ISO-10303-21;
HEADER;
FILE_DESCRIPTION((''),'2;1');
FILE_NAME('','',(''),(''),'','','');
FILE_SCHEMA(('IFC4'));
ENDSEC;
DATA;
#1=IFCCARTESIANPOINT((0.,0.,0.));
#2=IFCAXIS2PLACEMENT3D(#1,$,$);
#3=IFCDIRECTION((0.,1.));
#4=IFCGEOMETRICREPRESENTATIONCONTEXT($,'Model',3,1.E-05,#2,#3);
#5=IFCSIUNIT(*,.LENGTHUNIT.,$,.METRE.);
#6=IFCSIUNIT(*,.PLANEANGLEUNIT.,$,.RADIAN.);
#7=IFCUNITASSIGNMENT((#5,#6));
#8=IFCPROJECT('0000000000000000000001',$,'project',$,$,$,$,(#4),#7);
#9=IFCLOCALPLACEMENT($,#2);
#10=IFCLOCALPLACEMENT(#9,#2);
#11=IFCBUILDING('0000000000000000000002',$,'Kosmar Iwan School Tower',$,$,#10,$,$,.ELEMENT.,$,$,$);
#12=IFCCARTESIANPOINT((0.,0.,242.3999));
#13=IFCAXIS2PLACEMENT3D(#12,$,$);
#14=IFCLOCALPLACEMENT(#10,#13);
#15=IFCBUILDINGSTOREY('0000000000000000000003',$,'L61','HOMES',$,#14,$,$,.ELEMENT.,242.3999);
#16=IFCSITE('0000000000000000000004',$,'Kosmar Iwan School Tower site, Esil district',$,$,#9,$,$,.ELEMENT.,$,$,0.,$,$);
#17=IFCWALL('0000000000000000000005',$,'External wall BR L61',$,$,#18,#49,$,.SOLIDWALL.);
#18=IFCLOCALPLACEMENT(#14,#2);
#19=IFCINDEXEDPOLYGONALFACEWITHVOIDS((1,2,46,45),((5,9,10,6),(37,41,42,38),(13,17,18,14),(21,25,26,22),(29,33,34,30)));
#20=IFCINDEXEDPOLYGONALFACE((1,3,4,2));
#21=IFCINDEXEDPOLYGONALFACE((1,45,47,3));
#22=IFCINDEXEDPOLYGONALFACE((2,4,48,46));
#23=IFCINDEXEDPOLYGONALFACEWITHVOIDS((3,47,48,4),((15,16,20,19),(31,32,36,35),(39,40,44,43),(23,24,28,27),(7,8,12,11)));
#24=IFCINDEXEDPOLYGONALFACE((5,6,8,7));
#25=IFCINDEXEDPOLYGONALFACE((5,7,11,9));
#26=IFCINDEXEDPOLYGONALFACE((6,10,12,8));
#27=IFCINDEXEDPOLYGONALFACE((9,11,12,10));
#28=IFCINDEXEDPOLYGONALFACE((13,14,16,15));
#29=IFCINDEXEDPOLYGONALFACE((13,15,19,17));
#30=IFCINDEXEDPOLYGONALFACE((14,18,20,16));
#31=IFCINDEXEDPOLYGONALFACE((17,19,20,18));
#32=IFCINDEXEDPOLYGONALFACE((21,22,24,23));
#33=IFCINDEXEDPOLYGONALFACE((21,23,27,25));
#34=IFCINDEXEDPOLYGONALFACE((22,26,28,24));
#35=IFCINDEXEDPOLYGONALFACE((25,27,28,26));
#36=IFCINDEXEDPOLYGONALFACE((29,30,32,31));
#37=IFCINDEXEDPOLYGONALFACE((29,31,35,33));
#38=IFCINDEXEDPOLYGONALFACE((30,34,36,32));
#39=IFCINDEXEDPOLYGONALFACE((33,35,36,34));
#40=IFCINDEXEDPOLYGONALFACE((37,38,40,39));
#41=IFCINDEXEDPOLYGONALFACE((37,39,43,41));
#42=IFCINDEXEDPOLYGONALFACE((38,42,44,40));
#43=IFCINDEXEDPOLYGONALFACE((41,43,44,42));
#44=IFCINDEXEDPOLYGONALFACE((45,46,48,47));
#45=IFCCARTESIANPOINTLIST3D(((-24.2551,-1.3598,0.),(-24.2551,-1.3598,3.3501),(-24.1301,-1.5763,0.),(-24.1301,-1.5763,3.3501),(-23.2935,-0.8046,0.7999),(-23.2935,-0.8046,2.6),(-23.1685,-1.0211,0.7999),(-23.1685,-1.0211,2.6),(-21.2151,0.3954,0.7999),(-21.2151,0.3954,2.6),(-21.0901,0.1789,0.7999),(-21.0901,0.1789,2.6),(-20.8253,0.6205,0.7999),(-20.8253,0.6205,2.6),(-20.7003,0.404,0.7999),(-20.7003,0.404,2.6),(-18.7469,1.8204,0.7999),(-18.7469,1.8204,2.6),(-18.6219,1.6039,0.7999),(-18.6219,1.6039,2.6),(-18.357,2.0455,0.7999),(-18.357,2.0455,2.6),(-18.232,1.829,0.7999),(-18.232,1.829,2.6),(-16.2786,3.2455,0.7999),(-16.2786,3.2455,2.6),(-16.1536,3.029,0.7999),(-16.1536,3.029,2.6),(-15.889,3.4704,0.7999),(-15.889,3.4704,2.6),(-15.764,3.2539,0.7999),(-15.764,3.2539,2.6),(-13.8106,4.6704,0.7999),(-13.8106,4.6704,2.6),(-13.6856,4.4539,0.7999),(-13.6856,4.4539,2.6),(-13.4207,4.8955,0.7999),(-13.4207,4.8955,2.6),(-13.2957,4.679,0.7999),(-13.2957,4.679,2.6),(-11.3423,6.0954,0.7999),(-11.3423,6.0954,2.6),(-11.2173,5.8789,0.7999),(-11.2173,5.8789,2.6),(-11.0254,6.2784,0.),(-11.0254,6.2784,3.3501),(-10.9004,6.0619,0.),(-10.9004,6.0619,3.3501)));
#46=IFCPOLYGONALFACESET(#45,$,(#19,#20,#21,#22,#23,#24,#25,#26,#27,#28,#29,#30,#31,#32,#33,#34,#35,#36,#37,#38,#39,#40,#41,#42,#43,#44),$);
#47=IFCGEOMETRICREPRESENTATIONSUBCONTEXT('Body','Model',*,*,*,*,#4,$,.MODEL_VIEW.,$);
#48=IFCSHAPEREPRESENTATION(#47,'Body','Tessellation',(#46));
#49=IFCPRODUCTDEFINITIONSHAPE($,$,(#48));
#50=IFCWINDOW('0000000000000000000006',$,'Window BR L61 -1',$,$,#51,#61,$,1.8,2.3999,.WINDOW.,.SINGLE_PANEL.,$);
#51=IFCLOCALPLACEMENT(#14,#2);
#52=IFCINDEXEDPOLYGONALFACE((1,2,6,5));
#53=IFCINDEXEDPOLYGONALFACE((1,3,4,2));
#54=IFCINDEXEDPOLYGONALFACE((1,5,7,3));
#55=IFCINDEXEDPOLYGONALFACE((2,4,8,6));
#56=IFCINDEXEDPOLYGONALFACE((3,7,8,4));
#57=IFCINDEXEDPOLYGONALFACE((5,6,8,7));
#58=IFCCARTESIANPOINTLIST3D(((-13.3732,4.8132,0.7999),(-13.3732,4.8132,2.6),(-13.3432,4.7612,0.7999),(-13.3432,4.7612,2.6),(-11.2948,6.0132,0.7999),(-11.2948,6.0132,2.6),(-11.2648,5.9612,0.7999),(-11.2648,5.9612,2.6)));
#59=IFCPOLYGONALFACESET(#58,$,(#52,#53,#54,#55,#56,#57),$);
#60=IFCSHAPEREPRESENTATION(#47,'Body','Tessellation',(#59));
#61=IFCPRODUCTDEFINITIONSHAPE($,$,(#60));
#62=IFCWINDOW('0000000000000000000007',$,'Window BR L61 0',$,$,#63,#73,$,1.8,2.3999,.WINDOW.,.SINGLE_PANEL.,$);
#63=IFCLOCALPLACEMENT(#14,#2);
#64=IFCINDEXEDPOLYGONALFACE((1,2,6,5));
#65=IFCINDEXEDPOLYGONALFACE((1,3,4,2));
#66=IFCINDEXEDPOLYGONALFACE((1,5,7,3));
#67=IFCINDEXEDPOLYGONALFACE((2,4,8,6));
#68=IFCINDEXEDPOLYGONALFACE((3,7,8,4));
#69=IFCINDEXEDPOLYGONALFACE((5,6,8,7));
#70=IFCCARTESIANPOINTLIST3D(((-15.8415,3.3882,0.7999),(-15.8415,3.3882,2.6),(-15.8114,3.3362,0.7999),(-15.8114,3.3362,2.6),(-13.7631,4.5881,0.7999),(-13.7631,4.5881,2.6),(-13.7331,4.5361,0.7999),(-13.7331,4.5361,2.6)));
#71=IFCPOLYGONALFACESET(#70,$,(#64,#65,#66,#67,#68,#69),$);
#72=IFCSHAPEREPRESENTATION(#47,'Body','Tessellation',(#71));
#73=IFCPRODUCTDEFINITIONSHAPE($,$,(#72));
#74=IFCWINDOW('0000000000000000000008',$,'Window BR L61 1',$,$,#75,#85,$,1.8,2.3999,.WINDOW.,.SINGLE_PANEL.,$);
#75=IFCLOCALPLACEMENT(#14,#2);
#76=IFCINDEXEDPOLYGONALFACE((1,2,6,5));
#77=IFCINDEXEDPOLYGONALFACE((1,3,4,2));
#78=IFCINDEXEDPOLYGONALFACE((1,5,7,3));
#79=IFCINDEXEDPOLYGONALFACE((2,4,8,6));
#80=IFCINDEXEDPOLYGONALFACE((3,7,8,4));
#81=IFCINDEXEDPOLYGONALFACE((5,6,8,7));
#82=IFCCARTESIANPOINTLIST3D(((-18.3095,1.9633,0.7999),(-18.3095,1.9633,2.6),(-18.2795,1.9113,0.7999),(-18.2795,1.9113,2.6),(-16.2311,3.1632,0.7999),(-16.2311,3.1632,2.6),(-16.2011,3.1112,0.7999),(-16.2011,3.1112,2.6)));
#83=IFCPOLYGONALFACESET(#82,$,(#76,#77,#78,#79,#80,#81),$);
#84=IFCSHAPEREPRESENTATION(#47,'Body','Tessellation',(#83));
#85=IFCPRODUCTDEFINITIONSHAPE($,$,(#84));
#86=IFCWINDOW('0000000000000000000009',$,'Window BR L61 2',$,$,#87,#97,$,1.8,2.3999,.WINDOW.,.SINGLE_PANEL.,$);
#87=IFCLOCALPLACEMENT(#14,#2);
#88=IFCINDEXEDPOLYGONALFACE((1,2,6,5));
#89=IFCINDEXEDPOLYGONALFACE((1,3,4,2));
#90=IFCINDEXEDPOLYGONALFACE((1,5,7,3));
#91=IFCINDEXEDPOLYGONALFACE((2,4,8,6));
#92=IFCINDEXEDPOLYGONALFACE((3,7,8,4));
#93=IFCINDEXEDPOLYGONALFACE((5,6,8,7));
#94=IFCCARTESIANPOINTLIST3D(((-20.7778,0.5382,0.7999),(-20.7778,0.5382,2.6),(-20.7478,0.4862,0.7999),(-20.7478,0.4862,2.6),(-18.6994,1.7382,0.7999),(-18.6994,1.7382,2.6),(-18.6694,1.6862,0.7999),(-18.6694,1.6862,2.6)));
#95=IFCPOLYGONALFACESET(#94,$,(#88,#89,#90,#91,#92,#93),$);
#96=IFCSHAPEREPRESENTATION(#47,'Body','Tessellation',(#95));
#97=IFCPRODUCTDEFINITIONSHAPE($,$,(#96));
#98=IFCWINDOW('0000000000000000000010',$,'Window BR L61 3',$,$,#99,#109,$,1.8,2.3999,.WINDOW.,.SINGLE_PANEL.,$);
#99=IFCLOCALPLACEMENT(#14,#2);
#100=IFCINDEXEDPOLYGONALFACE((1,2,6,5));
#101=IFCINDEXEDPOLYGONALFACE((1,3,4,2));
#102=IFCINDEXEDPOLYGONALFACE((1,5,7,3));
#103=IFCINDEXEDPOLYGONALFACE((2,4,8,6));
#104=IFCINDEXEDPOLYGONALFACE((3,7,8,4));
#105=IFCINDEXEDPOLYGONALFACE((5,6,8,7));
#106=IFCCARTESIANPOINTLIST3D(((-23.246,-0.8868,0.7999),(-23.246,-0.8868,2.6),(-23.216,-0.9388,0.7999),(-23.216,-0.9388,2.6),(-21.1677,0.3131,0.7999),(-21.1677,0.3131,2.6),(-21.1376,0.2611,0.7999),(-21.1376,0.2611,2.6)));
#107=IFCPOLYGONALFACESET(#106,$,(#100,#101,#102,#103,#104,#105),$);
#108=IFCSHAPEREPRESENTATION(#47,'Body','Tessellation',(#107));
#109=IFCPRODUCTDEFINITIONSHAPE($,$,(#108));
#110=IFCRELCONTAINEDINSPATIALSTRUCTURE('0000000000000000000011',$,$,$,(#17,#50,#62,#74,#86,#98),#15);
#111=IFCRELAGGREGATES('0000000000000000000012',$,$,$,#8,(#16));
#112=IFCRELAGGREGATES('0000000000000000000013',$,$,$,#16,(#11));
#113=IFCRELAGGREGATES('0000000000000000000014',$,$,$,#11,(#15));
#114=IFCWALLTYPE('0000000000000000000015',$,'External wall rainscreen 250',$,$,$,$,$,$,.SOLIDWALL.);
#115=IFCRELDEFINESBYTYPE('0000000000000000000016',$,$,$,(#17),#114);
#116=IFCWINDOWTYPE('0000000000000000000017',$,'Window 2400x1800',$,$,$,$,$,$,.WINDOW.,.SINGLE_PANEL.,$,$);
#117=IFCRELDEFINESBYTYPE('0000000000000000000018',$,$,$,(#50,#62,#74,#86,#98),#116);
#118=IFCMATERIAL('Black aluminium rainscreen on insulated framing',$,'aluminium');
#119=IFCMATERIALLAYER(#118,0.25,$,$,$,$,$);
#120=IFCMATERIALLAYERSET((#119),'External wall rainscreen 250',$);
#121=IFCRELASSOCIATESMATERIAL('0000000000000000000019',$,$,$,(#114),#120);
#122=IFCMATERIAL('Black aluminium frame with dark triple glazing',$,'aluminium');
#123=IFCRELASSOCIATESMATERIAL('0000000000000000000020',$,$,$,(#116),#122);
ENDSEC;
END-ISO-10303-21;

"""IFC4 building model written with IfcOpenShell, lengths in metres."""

from ifc_helpers import new_model, si_unit, direction, frame, frame_2d, origin, place, context, subcontext, project, spatial, rectangle, extrude, material, layer, layer_set, type_object, element, fill, save


model = new_model("IFC4")

# Units and contexts
model_context = context("Model", 3, precision=1e-05, world=origin(), true_north=direction((0.0, 1.0)))
body_context = subcontext(model_context, "Body", "Model", "MODEL_VIEW")
ifc_project = project(units=[si_unit("LENGTHUNIT", "METRE"), si_unit("PLANEANGLEUNIT", "RADIAN")], contexts=[model_context])

# Site, building, storey
site_placement = place(None, origin())
site = spatial("IfcSite", under=ifc_project, at=site_placement, Name="Kosmar Iwan School Tower site, Esil district", CompositionType="ELEMENT", RefElevation=0.0)
building_placement = place(site_placement, origin())
building = spatial("IfcBuilding", under=site, at=building_placement, Name="Kosmar Iwan School Tower", CompositionType="ELEMENT")
storey_placement = place(building_placement, frame((0.0, 0.0, 242.3999)))
storey = spatial("IfcBuildingStorey", under=building, at=storey_placement, Name="L61", Description="HOMES", CompositionType="ELEMENT", Elevation=242.3999)

# Wall, openings, windows
ifc_material_1 = material(Name="Black aluminium rainscreen on insulated framing", Category="aluminium")
ifc_layer_1 = layer(ifc_material_1, 0.25)
ifc_layer_set_1 = layer_set([ifc_layer_1], Name="External wall rainscreen 250")
wall_type_1 = type_object("IfcWallType", Name="External wall rainscreen 250", PredefinedType="SOLIDWALL", material=ifc_layer_set_1)
ifc_material_2 = material(Name="Black aluminium frame with dark triple glazing", Category="aluminium")
window_type = type_object("IfcWindowType", Name="Window 2400x1800", PartitioningType="SINGLE_PANEL", PredefinedType="WINDOW", material=ifc_material_2)
wall_1_placement = place(storey_placement, frame((-10.9629, 6.1702, 0.0), z_axis=(0.0, 0.0, 1.0), x_axis=(-0.866026, -0.5, 0.0)))
wall_1 = element("IfcWall", 1, at=wall_1_placement, inside=storey, type_object=wall_type_1, Name="External wall BR L61", PredefinedType="SOLIDWALL", context=body_context, shape_type="SweptSolid", body=[
    extrude(rectangle(XDim=15.2764, YDim=0.25, at=frame_2d((7.6382, 0.0))), origin(), (0.0, 0.0, 1.0), 3.3501),
])
opening_1_placement = place(wall_1_placement, frame((0.366, 0.0, 0.8)))
opening_1 = element("IfcOpeningElement", 2, at=opening_1_placement, cuts=wall_1, PredefinedType="OPENING", context=body_context, shape_type="SweptSolid", body=[
    extrude(rectangle(XDim=2.3999, YDim=1.8, at=frame_2d((1.2, 0.8999))), frame((0.0, 0.137, 0.0), z_axis=(0.0, -1.0, 0.0), x_axis=(1.0, 0.0, 0.0)), (0.0, 0.0, 1.0), 0.2739),
])
opening_2_placement = place(wall_1_placement, frame((3.2161, 0.0, 0.8)))
opening_2 = element("IfcOpeningElement", 3, at=opening_2_placement, cuts=wall_1, PredefinedType="OPENING", context=body_context, shape_type="SweptSolid", body=[
    extrude(rectangle(XDim=2.3999, YDim=1.8, at=frame_2d((1.2, 0.8999))), frame((0.0, 0.137, 0.0), z_axis=(0.0, -1.0, 0.0), x_axis=(1.0, 0.0, 0.0)), (0.0, 0.0, 1.0), 0.2739),
])
opening_3_placement = place(wall_1_placement, frame((6.0659, 0.0, 0.8)))
opening_3 = element("IfcOpeningElement", 4, at=opening_3_placement, cuts=wall_1, PredefinedType="OPENING", context=body_context, shape_type="SweptSolid", body=[
    extrude(rectangle(XDim=2.3999, YDim=1.8, at=frame_2d((1.2, 0.8999))), frame((0.0, 0.137, 0.0), z_axis=(0.0, -1.0, 0.0), x_axis=(1.0, 0.0, 0.0)), (0.0, 0.0, 1.0), 0.2739),
])
opening_4_placement = place(wall_1_placement, frame((8.916, 0.0, 0.8)))
opening_4 = element("IfcOpeningElement", 5, at=opening_4_placement, cuts=wall_1, PredefinedType="OPENING", context=body_context, shape_type="SweptSolid", body=[
    extrude(rectangle(XDim=2.3999, YDim=1.8, at=frame_2d((1.2, 0.8999))), frame((0.0, 0.137, 0.0), z_axis=(0.0, -1.0, 0.0), x_axis=(1.0, 0.0, 0.0)), (0.0, 0.0, 1.0), 0.2739),
])
opening_5_placement = place(wall_1_placement, frame((11.7661, 0.0, 0.8)))
opening_5 = element("IfcOpeningElement", 6, at=opening_5_placement, cuts=wall_1, PredefinedType="OPENING", context=body_context, shape_type="SweptSolid", body=[
    extrude(rectangle(XDim=2.3999, YDim=1.8, at=frame_2d((1.2, 0.8999))), frame((0.0, 0.137, 0.0), z_axis=(0.0, -1.0, 0.0), x_axis=(1.0, 0.0, 0.0)), (0.0, 0.0, 1.0), 0.2739),
])
window_1_placement = place(opening_1_placement, origin())
window_1 = element("IfcWindow", 7, at=window_1_placement, inside=storey, type_object=window_type, Name="Window BR L61 -1", OverallHeight=1.8, OverallWidth=2.3999, PartitioningType="SINGLE_PANEL", PredefinedType="WINDOW", context=body_context, shape_type="SweptSolid", body=[
    extrude(rectangle(XDim=2.3999, YDim=1.8, at=frame_2d((1.2, 0.8999))), frame((0.0, 0.03, 0.0), z_axis=(0.0, -1.0, 0.0), x_axis=(1.0, 0.0, 0.0)), (0.0, 0.0, 1.0), 0.0601),
])
fill(opening_1, window_1)
window_2_placement = place(opening_2_placement, origin())
window_2 = element("IfcWindow", 8, at=window_2_placement, inside=storey, type_object=window_type, Name="Window BR L61 0", OverallHeight=1.8, OverallWidth=2.3999, PartitioningType="SINGLE_PANEL", PredefinedType="WINDOW", context=body_context, shape_type="SweptSolid", body=[
    extrude(rectangle(XDim=2.3999, YDim=1.8, at=frame_2d((1.2, 0.8999))), frame((0.0, 0.03, 0.0), z_axis=(0.0, -1.0, 0.0), x_axis=(1.0, 0.0, 0.0)), (0.0, 0.0, 1.0), 0.0601),
])
fill(opening_2, window_2)
window_3_placement = place(opening_3_placement, origin())
window_3 = element("IfcWindow", 9, at=window_3_placement, inside=storey, type_object=window_type, Name="Window BR L61 1", OverallHeight=1.8, OverallWidth=2.3999, PartitioningType="SINGLE_PANEL", PredefinedType="WINDOW", context=body_context, shape_type="SweptSolid", body=[
    extrude(rectangle(XDim=2.3999, YDim=1.8, at=frame_2d((1.2, 0.8999))), frame((0.0, 0.03, 0.0), z_axis=(0.0, -1.0, 0.0), x_axis=(1.0, 0.0, 0.0)), (0.0, 0.0, 1.0), 0.0601),
])
fill(opening_3, window_3)
window_4_placement = place(opening_4_placement, origin())
window_4 = element("IfcWindow", 10, at=window_4_placement, inside=storey, type_object=window_type, Name="Window BR L61 2", OverallHeight=1.8, OverallWidth=2.3999, PartitioningType="SINGLE_PANEL", PredefinedType="WINDOW", context=body_context, shape_type="SweptSolid", body=[
    extrude(rectangle(XDim=2.3999, YDim=1.8, at=frame_2d((1.2, 0.8999))), frame((0.0, 0.03, 0.0), z_axis=(0.0, -1.0, 0.0), x_axis=(1.0, 0.0, 0.0)), (0.0, 0.0, 1.0), 0.0601),
])
fill(opening_4, window_4)
window_5_placement = place(opening_5_placement, origin())
window_5 = element("IfcWindow", 11, at=window_5_placement, inside=storey, type_object=window_type, Name="Window BR L61 3", OverallHeight=1.8, OverallWidth=2.3999, PartitioningType="SINGLE_PANEL", PredefinedType="WINDOW", context=body_context, shape_type="SweptSolid", body=[
    extrude(rectangle(XDim=2.3999, YDim=1.8, at=frame_2d((1.2, 0.8999))), frame((0.0, 0.03, 0.0), z_axis=(0.0, -1.0, 0.0), x_axis=(1.0, 0.0, 0.0)), (0.0, 0.0, 1.0), 0.0601),
])
fill(opening_5, window_5)

save(model, "model.ifc")
